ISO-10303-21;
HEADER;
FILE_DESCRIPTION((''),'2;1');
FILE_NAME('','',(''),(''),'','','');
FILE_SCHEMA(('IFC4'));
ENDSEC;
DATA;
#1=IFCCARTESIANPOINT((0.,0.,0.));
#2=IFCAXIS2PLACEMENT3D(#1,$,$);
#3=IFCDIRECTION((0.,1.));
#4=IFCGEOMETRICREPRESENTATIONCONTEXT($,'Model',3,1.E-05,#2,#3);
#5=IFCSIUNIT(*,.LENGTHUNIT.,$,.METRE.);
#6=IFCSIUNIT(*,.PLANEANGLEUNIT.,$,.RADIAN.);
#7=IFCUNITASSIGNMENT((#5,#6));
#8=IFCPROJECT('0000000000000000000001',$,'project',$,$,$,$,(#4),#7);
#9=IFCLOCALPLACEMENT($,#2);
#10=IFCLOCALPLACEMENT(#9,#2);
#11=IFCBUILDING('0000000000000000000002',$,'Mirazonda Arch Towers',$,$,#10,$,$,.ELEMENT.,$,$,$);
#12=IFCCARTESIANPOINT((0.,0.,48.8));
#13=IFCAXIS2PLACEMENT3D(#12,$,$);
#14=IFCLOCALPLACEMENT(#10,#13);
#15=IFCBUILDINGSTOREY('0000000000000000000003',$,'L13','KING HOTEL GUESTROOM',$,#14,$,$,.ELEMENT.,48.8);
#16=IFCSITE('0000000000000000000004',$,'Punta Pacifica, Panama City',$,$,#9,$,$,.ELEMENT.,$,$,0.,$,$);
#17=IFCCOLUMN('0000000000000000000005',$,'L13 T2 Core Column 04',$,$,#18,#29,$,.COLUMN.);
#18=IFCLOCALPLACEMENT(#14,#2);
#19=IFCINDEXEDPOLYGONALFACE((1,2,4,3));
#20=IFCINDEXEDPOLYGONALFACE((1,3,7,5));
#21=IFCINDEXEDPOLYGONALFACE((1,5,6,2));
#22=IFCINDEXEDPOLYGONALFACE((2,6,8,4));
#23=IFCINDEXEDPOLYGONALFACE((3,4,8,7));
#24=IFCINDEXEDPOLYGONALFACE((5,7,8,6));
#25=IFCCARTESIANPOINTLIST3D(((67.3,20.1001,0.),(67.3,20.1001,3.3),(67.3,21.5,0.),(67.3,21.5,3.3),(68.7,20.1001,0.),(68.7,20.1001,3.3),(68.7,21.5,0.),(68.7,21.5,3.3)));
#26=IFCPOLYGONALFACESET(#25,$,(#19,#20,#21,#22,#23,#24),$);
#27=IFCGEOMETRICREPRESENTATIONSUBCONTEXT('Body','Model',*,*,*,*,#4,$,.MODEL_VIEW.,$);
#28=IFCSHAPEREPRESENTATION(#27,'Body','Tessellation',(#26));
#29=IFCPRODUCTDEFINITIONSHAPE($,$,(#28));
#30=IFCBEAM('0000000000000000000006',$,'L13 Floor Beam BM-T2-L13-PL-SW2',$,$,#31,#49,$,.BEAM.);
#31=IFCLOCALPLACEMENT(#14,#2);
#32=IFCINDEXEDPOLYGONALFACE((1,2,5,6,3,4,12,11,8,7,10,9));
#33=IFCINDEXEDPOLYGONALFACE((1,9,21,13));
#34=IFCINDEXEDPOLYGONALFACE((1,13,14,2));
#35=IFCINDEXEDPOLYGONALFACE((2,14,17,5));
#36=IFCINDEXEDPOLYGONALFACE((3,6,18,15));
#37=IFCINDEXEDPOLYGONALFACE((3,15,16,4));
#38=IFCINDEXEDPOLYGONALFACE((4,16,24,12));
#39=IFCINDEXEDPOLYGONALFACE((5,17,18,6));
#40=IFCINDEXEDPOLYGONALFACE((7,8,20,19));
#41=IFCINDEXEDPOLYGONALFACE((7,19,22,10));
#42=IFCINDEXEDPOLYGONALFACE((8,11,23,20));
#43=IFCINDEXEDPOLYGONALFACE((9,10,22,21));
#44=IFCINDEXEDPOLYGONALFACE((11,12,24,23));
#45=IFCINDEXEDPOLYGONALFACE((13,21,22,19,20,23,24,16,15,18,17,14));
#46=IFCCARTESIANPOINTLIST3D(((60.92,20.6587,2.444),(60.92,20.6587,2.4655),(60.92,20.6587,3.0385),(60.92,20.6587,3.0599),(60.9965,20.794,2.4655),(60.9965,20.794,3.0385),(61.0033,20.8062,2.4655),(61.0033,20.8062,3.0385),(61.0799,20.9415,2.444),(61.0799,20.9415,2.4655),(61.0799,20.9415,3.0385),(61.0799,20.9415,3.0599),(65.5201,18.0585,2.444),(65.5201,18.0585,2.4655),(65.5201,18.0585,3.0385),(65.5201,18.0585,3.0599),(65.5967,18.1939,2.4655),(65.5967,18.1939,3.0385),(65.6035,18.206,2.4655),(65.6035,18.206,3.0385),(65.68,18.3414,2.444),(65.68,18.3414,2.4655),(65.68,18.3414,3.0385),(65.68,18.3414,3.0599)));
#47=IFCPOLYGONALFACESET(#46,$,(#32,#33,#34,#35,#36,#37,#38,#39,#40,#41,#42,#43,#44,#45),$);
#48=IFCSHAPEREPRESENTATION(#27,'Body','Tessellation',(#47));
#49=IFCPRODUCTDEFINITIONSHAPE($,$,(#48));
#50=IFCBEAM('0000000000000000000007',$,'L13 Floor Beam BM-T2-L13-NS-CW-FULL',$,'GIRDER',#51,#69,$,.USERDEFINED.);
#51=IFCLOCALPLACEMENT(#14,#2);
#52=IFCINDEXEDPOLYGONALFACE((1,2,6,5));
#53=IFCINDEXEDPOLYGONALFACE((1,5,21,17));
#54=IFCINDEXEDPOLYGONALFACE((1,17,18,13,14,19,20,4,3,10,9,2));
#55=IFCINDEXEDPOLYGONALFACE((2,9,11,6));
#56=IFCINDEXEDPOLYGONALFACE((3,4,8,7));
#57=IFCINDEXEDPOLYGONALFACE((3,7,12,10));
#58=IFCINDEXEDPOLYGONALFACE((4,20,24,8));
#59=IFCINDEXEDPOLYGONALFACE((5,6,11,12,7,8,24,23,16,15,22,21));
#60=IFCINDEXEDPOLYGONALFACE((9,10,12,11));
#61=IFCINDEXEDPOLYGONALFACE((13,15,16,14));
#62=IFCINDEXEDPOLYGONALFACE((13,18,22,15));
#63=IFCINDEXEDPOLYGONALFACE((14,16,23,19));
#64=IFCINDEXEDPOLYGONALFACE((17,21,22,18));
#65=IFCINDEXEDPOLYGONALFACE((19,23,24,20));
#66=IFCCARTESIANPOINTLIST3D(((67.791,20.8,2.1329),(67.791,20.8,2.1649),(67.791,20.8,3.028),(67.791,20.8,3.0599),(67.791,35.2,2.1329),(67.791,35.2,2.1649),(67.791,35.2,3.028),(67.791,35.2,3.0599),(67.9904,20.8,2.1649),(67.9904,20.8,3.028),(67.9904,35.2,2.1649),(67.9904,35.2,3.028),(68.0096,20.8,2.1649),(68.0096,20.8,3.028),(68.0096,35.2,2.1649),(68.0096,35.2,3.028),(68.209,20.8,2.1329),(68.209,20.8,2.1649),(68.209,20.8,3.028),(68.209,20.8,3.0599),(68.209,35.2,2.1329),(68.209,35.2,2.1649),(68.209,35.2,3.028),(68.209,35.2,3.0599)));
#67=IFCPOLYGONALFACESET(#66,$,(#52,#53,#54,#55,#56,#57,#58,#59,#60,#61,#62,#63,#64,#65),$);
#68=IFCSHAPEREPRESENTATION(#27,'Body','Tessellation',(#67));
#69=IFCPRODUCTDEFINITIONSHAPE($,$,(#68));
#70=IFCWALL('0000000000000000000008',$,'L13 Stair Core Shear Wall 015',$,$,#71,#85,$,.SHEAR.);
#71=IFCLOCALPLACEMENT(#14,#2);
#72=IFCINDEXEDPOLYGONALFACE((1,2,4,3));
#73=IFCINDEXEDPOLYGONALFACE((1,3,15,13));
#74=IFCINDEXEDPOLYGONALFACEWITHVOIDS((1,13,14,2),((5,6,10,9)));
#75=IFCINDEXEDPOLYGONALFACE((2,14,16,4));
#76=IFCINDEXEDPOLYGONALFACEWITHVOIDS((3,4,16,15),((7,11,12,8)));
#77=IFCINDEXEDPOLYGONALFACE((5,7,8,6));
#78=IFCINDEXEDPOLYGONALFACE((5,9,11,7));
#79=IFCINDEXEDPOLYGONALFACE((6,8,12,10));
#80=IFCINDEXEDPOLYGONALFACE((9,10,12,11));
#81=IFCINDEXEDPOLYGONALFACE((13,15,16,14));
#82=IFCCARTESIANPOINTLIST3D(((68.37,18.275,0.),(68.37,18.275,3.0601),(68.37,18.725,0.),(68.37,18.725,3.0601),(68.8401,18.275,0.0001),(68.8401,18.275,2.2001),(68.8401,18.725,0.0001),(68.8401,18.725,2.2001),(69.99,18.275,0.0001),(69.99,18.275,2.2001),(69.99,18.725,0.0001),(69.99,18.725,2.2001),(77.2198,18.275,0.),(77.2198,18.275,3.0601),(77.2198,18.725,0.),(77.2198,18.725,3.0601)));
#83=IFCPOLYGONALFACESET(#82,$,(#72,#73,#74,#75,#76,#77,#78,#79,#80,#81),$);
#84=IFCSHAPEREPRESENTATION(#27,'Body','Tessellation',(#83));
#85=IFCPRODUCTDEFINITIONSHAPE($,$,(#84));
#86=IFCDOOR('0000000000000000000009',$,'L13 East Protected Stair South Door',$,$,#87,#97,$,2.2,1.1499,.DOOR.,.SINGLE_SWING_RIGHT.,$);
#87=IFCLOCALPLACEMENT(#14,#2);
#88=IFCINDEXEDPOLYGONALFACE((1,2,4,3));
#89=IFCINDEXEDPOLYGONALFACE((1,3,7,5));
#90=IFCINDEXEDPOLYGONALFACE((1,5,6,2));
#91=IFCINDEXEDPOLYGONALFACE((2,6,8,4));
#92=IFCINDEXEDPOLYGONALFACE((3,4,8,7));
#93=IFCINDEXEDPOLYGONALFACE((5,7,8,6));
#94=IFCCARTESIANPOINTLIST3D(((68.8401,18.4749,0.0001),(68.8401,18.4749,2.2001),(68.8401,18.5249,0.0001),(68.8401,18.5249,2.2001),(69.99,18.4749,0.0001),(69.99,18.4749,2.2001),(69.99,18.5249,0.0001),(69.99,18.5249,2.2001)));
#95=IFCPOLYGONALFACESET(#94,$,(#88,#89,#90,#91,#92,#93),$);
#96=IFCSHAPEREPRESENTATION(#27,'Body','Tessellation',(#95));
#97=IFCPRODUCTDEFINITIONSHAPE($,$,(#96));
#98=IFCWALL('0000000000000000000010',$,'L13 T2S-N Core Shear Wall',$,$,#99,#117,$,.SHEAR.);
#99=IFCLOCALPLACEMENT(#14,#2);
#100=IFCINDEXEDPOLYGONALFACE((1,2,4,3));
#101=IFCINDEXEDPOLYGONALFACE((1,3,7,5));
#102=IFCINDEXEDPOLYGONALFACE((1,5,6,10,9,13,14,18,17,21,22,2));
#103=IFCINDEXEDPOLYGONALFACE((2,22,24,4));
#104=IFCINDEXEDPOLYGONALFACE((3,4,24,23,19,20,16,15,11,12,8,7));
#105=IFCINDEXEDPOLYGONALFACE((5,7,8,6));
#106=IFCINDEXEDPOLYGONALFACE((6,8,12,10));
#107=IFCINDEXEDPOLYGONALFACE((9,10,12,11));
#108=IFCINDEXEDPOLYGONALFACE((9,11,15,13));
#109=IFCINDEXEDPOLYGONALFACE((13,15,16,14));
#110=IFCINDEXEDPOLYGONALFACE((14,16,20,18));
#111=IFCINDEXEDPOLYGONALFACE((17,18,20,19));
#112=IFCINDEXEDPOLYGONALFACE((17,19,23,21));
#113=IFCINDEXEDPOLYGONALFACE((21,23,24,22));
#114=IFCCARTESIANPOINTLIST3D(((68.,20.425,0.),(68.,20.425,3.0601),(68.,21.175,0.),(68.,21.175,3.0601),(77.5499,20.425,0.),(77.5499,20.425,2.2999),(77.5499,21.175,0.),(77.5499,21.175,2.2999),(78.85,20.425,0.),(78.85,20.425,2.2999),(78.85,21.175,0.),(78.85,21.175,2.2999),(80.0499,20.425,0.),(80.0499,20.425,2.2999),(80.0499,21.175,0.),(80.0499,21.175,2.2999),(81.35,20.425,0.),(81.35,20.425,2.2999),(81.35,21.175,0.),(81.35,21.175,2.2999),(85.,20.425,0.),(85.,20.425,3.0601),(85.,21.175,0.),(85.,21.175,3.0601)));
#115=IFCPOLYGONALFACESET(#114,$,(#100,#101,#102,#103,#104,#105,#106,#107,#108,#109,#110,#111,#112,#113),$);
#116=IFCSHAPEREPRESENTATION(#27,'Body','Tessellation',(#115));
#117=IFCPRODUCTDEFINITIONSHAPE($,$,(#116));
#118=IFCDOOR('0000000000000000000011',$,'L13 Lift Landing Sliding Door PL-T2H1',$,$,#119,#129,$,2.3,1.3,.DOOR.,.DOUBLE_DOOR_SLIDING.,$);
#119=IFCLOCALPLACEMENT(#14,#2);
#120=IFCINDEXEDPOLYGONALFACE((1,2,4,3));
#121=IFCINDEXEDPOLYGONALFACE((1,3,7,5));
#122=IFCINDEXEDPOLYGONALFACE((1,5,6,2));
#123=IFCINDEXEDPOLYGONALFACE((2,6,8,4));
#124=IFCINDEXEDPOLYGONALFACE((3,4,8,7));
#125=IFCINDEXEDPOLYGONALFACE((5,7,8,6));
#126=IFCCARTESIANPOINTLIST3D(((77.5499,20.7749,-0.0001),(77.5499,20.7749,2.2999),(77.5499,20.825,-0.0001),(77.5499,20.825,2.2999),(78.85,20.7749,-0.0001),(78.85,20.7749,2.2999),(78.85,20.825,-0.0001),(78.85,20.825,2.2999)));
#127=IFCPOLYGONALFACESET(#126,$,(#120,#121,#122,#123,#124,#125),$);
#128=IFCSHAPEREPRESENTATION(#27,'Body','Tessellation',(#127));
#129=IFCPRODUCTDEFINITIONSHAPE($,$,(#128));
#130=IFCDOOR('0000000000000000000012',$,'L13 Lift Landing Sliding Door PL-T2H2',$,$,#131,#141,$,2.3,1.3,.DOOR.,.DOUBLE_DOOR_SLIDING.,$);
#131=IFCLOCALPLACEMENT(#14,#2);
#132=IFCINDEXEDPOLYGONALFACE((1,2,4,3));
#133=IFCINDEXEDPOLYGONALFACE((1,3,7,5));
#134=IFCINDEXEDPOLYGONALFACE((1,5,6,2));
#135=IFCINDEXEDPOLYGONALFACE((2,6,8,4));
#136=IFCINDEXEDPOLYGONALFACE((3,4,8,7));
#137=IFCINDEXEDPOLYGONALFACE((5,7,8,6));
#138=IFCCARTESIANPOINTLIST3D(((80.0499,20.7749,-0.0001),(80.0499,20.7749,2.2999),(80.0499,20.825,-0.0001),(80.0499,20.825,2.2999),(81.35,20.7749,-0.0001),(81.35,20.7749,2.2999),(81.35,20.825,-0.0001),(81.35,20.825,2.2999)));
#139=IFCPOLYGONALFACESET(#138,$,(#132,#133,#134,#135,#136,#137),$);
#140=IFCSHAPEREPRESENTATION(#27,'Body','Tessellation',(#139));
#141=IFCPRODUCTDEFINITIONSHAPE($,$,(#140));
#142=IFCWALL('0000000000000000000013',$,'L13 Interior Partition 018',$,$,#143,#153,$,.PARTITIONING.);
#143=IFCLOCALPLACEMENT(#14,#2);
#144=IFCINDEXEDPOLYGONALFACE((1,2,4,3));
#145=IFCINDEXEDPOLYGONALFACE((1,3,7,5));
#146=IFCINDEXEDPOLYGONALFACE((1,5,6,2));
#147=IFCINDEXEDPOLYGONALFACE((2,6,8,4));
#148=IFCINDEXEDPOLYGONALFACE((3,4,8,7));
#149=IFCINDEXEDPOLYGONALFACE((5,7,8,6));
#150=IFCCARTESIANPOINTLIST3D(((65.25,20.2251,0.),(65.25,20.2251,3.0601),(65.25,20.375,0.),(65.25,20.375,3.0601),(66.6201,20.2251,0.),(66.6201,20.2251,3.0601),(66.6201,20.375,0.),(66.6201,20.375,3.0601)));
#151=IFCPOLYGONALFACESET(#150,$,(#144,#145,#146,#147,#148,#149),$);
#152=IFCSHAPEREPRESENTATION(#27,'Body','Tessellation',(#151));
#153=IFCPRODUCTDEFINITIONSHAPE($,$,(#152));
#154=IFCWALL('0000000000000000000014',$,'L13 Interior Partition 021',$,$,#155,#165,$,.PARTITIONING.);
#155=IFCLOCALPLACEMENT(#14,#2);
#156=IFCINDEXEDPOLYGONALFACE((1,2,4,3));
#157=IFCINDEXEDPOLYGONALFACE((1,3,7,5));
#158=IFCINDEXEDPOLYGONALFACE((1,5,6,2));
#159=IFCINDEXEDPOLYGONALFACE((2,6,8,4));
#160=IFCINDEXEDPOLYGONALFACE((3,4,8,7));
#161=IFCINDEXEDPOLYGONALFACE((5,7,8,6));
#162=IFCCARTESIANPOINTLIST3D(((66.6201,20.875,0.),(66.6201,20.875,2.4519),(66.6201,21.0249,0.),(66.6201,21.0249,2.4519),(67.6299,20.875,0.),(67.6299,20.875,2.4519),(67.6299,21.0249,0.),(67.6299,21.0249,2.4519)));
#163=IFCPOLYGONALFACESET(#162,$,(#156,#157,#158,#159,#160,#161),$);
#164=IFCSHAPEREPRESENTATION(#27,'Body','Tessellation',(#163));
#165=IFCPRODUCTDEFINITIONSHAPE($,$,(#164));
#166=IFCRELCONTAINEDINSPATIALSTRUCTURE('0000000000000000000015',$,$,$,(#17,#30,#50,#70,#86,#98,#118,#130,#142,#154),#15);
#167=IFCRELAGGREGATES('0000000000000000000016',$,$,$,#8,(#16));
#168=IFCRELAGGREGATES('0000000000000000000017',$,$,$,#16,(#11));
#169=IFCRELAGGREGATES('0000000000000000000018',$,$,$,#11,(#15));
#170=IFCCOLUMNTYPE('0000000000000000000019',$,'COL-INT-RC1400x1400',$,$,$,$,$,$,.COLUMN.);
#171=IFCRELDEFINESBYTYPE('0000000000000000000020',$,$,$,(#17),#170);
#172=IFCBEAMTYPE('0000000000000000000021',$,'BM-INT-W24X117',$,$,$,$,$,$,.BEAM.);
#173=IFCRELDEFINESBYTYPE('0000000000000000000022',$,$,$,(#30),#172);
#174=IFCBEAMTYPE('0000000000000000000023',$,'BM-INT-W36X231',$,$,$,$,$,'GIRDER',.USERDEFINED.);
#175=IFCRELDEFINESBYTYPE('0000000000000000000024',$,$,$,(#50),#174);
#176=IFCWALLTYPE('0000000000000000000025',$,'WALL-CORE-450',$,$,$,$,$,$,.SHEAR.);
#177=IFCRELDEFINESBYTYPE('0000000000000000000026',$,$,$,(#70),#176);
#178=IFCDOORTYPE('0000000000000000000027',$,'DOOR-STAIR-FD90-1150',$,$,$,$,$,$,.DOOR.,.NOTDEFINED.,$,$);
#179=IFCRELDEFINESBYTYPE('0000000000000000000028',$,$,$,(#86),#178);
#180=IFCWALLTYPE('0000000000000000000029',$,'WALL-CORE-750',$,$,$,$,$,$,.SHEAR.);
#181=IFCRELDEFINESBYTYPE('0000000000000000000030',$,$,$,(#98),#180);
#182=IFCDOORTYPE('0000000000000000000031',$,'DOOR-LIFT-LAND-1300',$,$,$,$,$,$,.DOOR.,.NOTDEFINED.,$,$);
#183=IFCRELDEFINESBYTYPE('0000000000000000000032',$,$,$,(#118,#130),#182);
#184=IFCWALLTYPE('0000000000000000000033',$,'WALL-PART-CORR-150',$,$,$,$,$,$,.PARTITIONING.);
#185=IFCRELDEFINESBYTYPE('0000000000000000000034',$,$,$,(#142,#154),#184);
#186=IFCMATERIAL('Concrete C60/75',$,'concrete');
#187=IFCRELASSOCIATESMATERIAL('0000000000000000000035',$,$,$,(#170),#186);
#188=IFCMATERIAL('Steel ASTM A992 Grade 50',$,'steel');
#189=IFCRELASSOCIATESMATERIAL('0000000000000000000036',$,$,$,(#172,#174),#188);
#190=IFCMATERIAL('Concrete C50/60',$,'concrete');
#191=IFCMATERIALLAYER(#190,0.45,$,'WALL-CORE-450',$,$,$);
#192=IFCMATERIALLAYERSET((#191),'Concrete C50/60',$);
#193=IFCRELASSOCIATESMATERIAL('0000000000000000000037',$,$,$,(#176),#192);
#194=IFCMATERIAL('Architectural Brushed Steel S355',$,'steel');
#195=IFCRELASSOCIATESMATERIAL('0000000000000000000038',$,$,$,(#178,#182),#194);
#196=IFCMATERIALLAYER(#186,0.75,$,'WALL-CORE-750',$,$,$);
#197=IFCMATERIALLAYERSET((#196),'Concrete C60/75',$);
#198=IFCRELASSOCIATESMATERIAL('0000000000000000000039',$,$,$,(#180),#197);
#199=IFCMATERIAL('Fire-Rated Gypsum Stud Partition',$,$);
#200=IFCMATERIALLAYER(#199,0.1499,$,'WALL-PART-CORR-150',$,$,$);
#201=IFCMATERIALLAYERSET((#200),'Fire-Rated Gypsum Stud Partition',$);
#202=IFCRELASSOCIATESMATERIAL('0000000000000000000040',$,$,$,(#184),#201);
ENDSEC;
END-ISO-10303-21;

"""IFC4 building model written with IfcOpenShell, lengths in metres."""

from ifc_helpers import new_model, si_unit, direction, frame, frame_2d, origin, origin_2d, place, context, subcontext, project, spatial, rectangle, i_section, extrude, material, layer, layer_set, material_profile, profile_set, type_object, element, fill, save


model = new_model("IFC4")

# Units and contexts
model_context = context("Model", 3, precision=1e-05, world=origin(), true_north=direction((0.0, 1.0)))
body_context = subcontext(model_context, "Body", "Model", "MODEL_VIEW")
ifc_project = project(units=[si_unit("LENGTHUNIT", "METRE"), si_unit("PLANEANGLEUNIT", "RADIAN")], contexts=[model_context])

# Site, building, storey
site_placement = place(None, origin())
site = spatial("IfcSite", under=ifc_project, at=site_placement, Name="Punta Pacifica, Panama City", CompositionType="ELEMENT", RefElevation=0.0)
building_placement = place(site_placement, origin())
building = spatial("IfcBuilding", under=site, at=building_placement, Name="Mirazonda Arch Towers", CompositionType="ELEMENT")
storey_placement = place(building_placement, frame((0.0, 0.0, 48.8)))
storey = spatial("IfcBuildingStorey", under=building, at=storey_placement, Name="L13", Description="KING HOTEL GUESTROOM", CompositionType="ELEMENT", Elevation=48.8)

# Column
ifc_material_1 = material(Name="Concrete C60/75", Category="concrete")
ifc_material_profile_1 = material_profile(ifc_material_1, rectangle(XDim=1.3999, YDim=1.3999, at=origin_2d()), Name="RC1400x1400")
ifc_profile_set_1 = profile_set([ifc_material_profile_1], Name="Concrete C60/75")
column_type = type_object("IfcColumnType", Name="COL-INT-RC1400x1400", PredefinedType="COLUMN", material=ifc_profile_set_1)
column_placement = place(storey_placement, frame((68.0, 20.8, 0.0), z_axis=(0.0, 0.0, 1.0), x_axis=(1.0, 0.0, 0.0)))
element("IfcColumn", 1, at=column_placement, inside=storey, type_object=column_type, Name="L13 T2 Core Column 04", PredefinedType="COLUMN", context=body_context, shape_type="SweptSolid", body=[
    extrude(rectangle(XDim=1.3999, YDim=1.3999, at=origin_2d()), origin(), (0.0, 0.0, 1.0), 3.3),
])

# Beams
ifc_material_2 = material(Name="Steel ASTM A992 Grade 50", Category="steel")
ifc_material_profile_2 = material_profile(ifc_material_2, i_section(OverallWidth=0.325, OverallDepth=0.616, WebThickness=0.0139, FlangeThickness=0.0215, at=origin_2d()), Name="W24X117")
ifc_profile_set_2 = profile_set([ifc_material_profile_2], Name="Steel ASTM A992 Grade 50")
beam_type_1 = type_object("IfcBeamType", Name="BM-INT-W24X117", PredefinedType="BEAM", material=ifc_profile_set_2)
beam_1_placement = place(storey_placement, frame((65.6001, 18.2, 2.752), z_axis=(-0.870559, 0.492063, 0.0), x_axis=(-0.492063, -0.870559, 0.0)))
element("IfcBeam", 2, at=beam_1_placement, inside=storey, type_object=beam_type_1, Name="L13 Floor Beam BM-T2-L13-PL-SW2", PredefinedType="BEAM", context=body_context, shape_type="SweptSolid", body=[
    extrude(i_section(OverallWidth=0.325, OverallDepth=0.616, WebThickness=0.0139, FlangeThickness=0.0215, at=origin_2d()), origin(), (0.0, 0.0, 1.0), 5.2842),
])
ifc_material_profile_3 = material_profile(ifc_material_2, i_section(OverallWidth=0.418, OverallDepth=0.927, WebThickness=0.0193, FlangeThickness=0.032, at=origin_2d()), Name="W36X231")
ifc_profile_set_3 = profile_set([ifc_material_profile_3], Name="Steel ASTM A992 Grade 50")
beam_type_2 = type_object("IfcBeamType", Name="BM-INT-W36X231", ElementType="GIRDER", PredefinedType="USERDEFINED", material=ifc_profile_set_3)
beam_2_placement = place(storey_placement, frame((68.0, 20.8, 2.5964), z_axis=(0.0, 1.0, 0.0), x_axis=(-1.0, 0.0, 0.0)))
element("IfcBeam", 3, at=beam_2_placement, inside=storey, type_object=beam_type_2, Name="L13 Floor Beam BM-T2-L13-NS-CW-FULL", ObjectType="GIRDER", PredefinedType="USERDEFINED", context=body_context, shape_type="SweptSolid", body=[
    extrude(i_section(OverallWidth=0.418, OverallDepth=0.927, WebThickness=0.0193, FlangeThickness=0.032, at=origin_2d()), origin(), (0.0, 0.0, 1.0), 14.3999),
])

# Wall, opening, door
ifc_material_3 = material(Name="Concrete C50/60", Category="concrete")
ifc_layer_1 = layer(ifc_material_3, 0.45, Name="WALL-CORE-450")
ifc_layer_set_1 = layer_set([ifc_layer_1], Name="Concrete C50/60")
wall_type_1 = type_object("IfcWallType", Name="WALL-CORE-450", PredefinedType="SHEAR", material=ifc_layer_set_1)
wall_1_placement = place(storey_placement, frame((68.3701, 18.5, 0.0), z_axis=(0.0, 0.0, 1.0), x_axis=(1.0, 0.0, 0.0)))
wall_1 = element("IfcWall", 4, at=wall_1_placement, inside=storey, type_object=wall_type_1, Name="L13 Stair Core Shear Wall 015", PredefinedType="SHEAR", context=body_context, shape_type="SweptSolid", body=[
    extrude(rectangle(XDim=8.8499, YDim=0.45, at=frame_2d((4.4248, 0.0))), origin(), (0.0, 0.0, 1.0), 3.0601),
])
opening_1_placement = place(wall_1_placement, frame((0.47, 0.0, 0.0)))
opening_1 = element("IfcOpeningElement", 5, at=opening_1_placement, cuts=wall_1, PredefinedType="OPENING", context=body_context, shape_type="SweptSolid", body=[
    extrude(rectangle(XDim=1.1499, YDim=2.2, at=frame_2d((0.575, 1.1001))), frame((0.0, 0.2349, 0.0), z_axis=(0.0, -1.0, 0.0), x_axis=(1.0, 0.0, 0.0)), (0.0, 0.0, 1.0), 0.47),
])
ifc_material_4 = material(Name="Architectural Brushed Steel S355", Category="steel")
door_type_1 = type_object("IfcDoorType", Name="DOOR-STAIR-FD90-1150", OperationType="NOTDEFINED", PredefinedType="DOOR", material=ifc_material_4)
door_1_placement = place(opening_1_placement, origin())
door_1 = element("IfcDoor", 6, at=door_1_placement, inside=storey, type_object=door_type_1, Name="L13 East Protected Stair South Door", OperationType="SINGLE_SWING_RIGHT", OverallHeight=2.2, OverallWidth=1.1499, PredefinedType="DOOR", context=body_context, shape_type="SweptSolid", body=[
    extrude(rectangle(XDim=1.1499, YDim=2.2, at=frame_2d((0.575, 1.1001))), frame((0.0, 0.0249, 0.0), z_axis=(0.0, -1.0, 0.0), x_axis=(1.0, 0.0, 0.0)), (0.0, 0.0, 1.0), 0.05),
])
fill(opening_1, door_1)

# Wall, openings, doors
ifc_layer_2 = layer(ifc_material_1, 0.75, Name="WALL-CORE-750")
ifc_layer_set_2 = layer_set([ifc_layer_2], Name="Concrete C60/75")
wall_type_2 = type_object("IfcWallType", Name="WALL-CORE-750", PredefinedType="SHEAR", material=ifc_layer_set_2)
wall_2_placement = place(storey_placement, frame((68.0, 20.8, 0.0), z_axis=(0.0, 0.0, 1.0), x_axis=(1.0, 0.0, 0.0)))
wall_2 = element("IfcWall", 7, at=wall_2_placement, inside=storey, type_object=wall_type_2, Name="L13 T2S-N Core Shear Wall", PredefinedType="SHEAR", context=body_context, shape_type="SweptSolid", body=[
    extrude(rectangle(XDim=17.0, YDim=0.75, at=frame_2d((8.5, 0.0))), origin(), (0.0, 0.0, 1.0), 3.0601),
])
opening_2_placement = place(wall_2_placement, frame((9.55, 0.0, 0.0)))
opening_2 = element("IfcOpeningElement", 8, at=opening_2_placement, cuts=wall_2, PredefinedType="OPENING", context=body_context, shape_type="SweptSolid", body=[
    extrude(rectangle(XDim=1.3, YDim=2.3, at=frame_2d((0.6499, 1.1499))), frame((0.0, 0.385, 0.0), z_axis=(0.0, -1.0, 0.0), x_axis=(1.0, 0.0, 0.0)), (0.0, 0.0, 1.0), 0.77),
])
opening_3_placement = place(wall_2_placement, frame((12.05, 0.0, 0.0)))
opening_3 = element("IfcOpeningElement", 9, at=opening_3_placement, cuts=wall_2, PredefinedType="OPENING", context=body_context, shape_type="SweptSolid", body=[
    extrude(rectangle(XDim=1.3, YDim=2.3, at=frame_2d((0.6499, 1.1499))), frame((0.0, 0.385, 0.0), z_axis=(0.0, -1.0, 0.0), x_axis=(1.0, 0.0, 0.0)), (0.0, 0.0, 1.0), 0.77),
])
door_type_2 = type_object("IfcDoorType", Name="DOOR-LIFT-LAND-1300", OperationType="NOTDEFINED", PredefinedType="DOOR", material=ifc_material_4)
door_2_placement = place(opening_2_placement, origin())
door_2 = element("IfcDoor", 10, at=door_2_placement, inside=storey, type_object=door_type_2, Name="L13 Lift Landing Sliding Door PL-T2H1", OperationType="DOUBLE_DOOR_SLIDING", OverallHeight=2.3, OverallWidth=1.3, PredefinedType="DOOR", context=body_context, shape_type="SweptSolid", body=[
    extrude(rectangle(XDim=1.3, YDim=2.3, at=frame_2d((0.6499, 1.1499))), frame((0.0, 0.0249, 0.0), z_axis=(0.0, -1.0, 0.0), x_axis=(1.0, 0.0, 0.0)), (0.0, 0.0, 1.0), 0.05),
])
fill(opening_2, door_2)
door_3_placement = place(opening_3_placement, origin())
door_3 = element("IfcDoor", 11, at=door_3_placement, inside=storey, type_object=door_type_2, Name="L13 Lift Landing Sliding Door PL-T2H2", OperationType="DOUBLE_DOOR_SLIDING", OverallHeight=2.3, OverallWidth=1.3, PredefinedType="DOOR", context=body_context, shape_type="SweptSolid", body=[
    extrude(rectangle(XDim=1.3, YDim=2.3, at=frame_2d((0.6499, 1.1499))), frame((0.0, 0.0249, 0.0), z_axis=(0.0, -1.0, 0.0), x_axis=(1.0, 0.0, 0.0)), (0.0, 0.0, 1.0), 0.05),
])
fill(opening_3, door_3)

# Walls
ifc_material_5 = material(Name="Fire-Rated Gypsum Stud Partition")
ifc_layer_3 = layer(ifc_material_5, 0.1499, Name="WALL-PART-CORR-150")
ifc_layer_set_3 = layer_set([ifc_layer_3], Name="Fire-Rated Gypsum Stud Partition")
wall_type_3 = type_object("IfcWallType", Name="WALL-PART-CORR-150", PredefinedType="PARTITIONING", material=ifc_layer_set_3)
wall_3_placement = place(storey_placement, frame((65.25, 20.3, 0.0), z_axis=(0.0, 0.0, 1.0), x_axis=(1.0, 0.0, 0.0)))
element("IfcWall", 12, at=wall_3_placement, inside=storey, type_object=wall_type_3, Name="L13 Interior Partition 018", PredefinedType="PARTITIONING", context=body_context, shape_type="SweptSolid", body=[
    extrude(rectangle(XDim=1.3701, YDim=0.1499, at=frame_2d((0.6851, 0.0))), origin(), (0.0, 0.0, 1.0), 3.0601),
])
wall_4_placement = place(storey_placement, frame((66.6201, 20.95, 0.0), z_axis=(0.0, 0.0, 1.0), x_axis=(1.0, 0.0, 0.0)))
element("IfcWall", 13, at=wall_4_placement, inside=storey, type_object=wall_type_3, Name="L13 Interior Partition 021", PredefinedType="PARTITIONING", context=body_context, shape_type="SweptSolid", body=[
    extrude(rectangle(XDim=1.0098, YDim=0.1499, at=frame_2d((0.5049, 0.0))), origin(), (0.0, 0.0, 1.0), 2.4519),
])

save(model, "model.ifc")
